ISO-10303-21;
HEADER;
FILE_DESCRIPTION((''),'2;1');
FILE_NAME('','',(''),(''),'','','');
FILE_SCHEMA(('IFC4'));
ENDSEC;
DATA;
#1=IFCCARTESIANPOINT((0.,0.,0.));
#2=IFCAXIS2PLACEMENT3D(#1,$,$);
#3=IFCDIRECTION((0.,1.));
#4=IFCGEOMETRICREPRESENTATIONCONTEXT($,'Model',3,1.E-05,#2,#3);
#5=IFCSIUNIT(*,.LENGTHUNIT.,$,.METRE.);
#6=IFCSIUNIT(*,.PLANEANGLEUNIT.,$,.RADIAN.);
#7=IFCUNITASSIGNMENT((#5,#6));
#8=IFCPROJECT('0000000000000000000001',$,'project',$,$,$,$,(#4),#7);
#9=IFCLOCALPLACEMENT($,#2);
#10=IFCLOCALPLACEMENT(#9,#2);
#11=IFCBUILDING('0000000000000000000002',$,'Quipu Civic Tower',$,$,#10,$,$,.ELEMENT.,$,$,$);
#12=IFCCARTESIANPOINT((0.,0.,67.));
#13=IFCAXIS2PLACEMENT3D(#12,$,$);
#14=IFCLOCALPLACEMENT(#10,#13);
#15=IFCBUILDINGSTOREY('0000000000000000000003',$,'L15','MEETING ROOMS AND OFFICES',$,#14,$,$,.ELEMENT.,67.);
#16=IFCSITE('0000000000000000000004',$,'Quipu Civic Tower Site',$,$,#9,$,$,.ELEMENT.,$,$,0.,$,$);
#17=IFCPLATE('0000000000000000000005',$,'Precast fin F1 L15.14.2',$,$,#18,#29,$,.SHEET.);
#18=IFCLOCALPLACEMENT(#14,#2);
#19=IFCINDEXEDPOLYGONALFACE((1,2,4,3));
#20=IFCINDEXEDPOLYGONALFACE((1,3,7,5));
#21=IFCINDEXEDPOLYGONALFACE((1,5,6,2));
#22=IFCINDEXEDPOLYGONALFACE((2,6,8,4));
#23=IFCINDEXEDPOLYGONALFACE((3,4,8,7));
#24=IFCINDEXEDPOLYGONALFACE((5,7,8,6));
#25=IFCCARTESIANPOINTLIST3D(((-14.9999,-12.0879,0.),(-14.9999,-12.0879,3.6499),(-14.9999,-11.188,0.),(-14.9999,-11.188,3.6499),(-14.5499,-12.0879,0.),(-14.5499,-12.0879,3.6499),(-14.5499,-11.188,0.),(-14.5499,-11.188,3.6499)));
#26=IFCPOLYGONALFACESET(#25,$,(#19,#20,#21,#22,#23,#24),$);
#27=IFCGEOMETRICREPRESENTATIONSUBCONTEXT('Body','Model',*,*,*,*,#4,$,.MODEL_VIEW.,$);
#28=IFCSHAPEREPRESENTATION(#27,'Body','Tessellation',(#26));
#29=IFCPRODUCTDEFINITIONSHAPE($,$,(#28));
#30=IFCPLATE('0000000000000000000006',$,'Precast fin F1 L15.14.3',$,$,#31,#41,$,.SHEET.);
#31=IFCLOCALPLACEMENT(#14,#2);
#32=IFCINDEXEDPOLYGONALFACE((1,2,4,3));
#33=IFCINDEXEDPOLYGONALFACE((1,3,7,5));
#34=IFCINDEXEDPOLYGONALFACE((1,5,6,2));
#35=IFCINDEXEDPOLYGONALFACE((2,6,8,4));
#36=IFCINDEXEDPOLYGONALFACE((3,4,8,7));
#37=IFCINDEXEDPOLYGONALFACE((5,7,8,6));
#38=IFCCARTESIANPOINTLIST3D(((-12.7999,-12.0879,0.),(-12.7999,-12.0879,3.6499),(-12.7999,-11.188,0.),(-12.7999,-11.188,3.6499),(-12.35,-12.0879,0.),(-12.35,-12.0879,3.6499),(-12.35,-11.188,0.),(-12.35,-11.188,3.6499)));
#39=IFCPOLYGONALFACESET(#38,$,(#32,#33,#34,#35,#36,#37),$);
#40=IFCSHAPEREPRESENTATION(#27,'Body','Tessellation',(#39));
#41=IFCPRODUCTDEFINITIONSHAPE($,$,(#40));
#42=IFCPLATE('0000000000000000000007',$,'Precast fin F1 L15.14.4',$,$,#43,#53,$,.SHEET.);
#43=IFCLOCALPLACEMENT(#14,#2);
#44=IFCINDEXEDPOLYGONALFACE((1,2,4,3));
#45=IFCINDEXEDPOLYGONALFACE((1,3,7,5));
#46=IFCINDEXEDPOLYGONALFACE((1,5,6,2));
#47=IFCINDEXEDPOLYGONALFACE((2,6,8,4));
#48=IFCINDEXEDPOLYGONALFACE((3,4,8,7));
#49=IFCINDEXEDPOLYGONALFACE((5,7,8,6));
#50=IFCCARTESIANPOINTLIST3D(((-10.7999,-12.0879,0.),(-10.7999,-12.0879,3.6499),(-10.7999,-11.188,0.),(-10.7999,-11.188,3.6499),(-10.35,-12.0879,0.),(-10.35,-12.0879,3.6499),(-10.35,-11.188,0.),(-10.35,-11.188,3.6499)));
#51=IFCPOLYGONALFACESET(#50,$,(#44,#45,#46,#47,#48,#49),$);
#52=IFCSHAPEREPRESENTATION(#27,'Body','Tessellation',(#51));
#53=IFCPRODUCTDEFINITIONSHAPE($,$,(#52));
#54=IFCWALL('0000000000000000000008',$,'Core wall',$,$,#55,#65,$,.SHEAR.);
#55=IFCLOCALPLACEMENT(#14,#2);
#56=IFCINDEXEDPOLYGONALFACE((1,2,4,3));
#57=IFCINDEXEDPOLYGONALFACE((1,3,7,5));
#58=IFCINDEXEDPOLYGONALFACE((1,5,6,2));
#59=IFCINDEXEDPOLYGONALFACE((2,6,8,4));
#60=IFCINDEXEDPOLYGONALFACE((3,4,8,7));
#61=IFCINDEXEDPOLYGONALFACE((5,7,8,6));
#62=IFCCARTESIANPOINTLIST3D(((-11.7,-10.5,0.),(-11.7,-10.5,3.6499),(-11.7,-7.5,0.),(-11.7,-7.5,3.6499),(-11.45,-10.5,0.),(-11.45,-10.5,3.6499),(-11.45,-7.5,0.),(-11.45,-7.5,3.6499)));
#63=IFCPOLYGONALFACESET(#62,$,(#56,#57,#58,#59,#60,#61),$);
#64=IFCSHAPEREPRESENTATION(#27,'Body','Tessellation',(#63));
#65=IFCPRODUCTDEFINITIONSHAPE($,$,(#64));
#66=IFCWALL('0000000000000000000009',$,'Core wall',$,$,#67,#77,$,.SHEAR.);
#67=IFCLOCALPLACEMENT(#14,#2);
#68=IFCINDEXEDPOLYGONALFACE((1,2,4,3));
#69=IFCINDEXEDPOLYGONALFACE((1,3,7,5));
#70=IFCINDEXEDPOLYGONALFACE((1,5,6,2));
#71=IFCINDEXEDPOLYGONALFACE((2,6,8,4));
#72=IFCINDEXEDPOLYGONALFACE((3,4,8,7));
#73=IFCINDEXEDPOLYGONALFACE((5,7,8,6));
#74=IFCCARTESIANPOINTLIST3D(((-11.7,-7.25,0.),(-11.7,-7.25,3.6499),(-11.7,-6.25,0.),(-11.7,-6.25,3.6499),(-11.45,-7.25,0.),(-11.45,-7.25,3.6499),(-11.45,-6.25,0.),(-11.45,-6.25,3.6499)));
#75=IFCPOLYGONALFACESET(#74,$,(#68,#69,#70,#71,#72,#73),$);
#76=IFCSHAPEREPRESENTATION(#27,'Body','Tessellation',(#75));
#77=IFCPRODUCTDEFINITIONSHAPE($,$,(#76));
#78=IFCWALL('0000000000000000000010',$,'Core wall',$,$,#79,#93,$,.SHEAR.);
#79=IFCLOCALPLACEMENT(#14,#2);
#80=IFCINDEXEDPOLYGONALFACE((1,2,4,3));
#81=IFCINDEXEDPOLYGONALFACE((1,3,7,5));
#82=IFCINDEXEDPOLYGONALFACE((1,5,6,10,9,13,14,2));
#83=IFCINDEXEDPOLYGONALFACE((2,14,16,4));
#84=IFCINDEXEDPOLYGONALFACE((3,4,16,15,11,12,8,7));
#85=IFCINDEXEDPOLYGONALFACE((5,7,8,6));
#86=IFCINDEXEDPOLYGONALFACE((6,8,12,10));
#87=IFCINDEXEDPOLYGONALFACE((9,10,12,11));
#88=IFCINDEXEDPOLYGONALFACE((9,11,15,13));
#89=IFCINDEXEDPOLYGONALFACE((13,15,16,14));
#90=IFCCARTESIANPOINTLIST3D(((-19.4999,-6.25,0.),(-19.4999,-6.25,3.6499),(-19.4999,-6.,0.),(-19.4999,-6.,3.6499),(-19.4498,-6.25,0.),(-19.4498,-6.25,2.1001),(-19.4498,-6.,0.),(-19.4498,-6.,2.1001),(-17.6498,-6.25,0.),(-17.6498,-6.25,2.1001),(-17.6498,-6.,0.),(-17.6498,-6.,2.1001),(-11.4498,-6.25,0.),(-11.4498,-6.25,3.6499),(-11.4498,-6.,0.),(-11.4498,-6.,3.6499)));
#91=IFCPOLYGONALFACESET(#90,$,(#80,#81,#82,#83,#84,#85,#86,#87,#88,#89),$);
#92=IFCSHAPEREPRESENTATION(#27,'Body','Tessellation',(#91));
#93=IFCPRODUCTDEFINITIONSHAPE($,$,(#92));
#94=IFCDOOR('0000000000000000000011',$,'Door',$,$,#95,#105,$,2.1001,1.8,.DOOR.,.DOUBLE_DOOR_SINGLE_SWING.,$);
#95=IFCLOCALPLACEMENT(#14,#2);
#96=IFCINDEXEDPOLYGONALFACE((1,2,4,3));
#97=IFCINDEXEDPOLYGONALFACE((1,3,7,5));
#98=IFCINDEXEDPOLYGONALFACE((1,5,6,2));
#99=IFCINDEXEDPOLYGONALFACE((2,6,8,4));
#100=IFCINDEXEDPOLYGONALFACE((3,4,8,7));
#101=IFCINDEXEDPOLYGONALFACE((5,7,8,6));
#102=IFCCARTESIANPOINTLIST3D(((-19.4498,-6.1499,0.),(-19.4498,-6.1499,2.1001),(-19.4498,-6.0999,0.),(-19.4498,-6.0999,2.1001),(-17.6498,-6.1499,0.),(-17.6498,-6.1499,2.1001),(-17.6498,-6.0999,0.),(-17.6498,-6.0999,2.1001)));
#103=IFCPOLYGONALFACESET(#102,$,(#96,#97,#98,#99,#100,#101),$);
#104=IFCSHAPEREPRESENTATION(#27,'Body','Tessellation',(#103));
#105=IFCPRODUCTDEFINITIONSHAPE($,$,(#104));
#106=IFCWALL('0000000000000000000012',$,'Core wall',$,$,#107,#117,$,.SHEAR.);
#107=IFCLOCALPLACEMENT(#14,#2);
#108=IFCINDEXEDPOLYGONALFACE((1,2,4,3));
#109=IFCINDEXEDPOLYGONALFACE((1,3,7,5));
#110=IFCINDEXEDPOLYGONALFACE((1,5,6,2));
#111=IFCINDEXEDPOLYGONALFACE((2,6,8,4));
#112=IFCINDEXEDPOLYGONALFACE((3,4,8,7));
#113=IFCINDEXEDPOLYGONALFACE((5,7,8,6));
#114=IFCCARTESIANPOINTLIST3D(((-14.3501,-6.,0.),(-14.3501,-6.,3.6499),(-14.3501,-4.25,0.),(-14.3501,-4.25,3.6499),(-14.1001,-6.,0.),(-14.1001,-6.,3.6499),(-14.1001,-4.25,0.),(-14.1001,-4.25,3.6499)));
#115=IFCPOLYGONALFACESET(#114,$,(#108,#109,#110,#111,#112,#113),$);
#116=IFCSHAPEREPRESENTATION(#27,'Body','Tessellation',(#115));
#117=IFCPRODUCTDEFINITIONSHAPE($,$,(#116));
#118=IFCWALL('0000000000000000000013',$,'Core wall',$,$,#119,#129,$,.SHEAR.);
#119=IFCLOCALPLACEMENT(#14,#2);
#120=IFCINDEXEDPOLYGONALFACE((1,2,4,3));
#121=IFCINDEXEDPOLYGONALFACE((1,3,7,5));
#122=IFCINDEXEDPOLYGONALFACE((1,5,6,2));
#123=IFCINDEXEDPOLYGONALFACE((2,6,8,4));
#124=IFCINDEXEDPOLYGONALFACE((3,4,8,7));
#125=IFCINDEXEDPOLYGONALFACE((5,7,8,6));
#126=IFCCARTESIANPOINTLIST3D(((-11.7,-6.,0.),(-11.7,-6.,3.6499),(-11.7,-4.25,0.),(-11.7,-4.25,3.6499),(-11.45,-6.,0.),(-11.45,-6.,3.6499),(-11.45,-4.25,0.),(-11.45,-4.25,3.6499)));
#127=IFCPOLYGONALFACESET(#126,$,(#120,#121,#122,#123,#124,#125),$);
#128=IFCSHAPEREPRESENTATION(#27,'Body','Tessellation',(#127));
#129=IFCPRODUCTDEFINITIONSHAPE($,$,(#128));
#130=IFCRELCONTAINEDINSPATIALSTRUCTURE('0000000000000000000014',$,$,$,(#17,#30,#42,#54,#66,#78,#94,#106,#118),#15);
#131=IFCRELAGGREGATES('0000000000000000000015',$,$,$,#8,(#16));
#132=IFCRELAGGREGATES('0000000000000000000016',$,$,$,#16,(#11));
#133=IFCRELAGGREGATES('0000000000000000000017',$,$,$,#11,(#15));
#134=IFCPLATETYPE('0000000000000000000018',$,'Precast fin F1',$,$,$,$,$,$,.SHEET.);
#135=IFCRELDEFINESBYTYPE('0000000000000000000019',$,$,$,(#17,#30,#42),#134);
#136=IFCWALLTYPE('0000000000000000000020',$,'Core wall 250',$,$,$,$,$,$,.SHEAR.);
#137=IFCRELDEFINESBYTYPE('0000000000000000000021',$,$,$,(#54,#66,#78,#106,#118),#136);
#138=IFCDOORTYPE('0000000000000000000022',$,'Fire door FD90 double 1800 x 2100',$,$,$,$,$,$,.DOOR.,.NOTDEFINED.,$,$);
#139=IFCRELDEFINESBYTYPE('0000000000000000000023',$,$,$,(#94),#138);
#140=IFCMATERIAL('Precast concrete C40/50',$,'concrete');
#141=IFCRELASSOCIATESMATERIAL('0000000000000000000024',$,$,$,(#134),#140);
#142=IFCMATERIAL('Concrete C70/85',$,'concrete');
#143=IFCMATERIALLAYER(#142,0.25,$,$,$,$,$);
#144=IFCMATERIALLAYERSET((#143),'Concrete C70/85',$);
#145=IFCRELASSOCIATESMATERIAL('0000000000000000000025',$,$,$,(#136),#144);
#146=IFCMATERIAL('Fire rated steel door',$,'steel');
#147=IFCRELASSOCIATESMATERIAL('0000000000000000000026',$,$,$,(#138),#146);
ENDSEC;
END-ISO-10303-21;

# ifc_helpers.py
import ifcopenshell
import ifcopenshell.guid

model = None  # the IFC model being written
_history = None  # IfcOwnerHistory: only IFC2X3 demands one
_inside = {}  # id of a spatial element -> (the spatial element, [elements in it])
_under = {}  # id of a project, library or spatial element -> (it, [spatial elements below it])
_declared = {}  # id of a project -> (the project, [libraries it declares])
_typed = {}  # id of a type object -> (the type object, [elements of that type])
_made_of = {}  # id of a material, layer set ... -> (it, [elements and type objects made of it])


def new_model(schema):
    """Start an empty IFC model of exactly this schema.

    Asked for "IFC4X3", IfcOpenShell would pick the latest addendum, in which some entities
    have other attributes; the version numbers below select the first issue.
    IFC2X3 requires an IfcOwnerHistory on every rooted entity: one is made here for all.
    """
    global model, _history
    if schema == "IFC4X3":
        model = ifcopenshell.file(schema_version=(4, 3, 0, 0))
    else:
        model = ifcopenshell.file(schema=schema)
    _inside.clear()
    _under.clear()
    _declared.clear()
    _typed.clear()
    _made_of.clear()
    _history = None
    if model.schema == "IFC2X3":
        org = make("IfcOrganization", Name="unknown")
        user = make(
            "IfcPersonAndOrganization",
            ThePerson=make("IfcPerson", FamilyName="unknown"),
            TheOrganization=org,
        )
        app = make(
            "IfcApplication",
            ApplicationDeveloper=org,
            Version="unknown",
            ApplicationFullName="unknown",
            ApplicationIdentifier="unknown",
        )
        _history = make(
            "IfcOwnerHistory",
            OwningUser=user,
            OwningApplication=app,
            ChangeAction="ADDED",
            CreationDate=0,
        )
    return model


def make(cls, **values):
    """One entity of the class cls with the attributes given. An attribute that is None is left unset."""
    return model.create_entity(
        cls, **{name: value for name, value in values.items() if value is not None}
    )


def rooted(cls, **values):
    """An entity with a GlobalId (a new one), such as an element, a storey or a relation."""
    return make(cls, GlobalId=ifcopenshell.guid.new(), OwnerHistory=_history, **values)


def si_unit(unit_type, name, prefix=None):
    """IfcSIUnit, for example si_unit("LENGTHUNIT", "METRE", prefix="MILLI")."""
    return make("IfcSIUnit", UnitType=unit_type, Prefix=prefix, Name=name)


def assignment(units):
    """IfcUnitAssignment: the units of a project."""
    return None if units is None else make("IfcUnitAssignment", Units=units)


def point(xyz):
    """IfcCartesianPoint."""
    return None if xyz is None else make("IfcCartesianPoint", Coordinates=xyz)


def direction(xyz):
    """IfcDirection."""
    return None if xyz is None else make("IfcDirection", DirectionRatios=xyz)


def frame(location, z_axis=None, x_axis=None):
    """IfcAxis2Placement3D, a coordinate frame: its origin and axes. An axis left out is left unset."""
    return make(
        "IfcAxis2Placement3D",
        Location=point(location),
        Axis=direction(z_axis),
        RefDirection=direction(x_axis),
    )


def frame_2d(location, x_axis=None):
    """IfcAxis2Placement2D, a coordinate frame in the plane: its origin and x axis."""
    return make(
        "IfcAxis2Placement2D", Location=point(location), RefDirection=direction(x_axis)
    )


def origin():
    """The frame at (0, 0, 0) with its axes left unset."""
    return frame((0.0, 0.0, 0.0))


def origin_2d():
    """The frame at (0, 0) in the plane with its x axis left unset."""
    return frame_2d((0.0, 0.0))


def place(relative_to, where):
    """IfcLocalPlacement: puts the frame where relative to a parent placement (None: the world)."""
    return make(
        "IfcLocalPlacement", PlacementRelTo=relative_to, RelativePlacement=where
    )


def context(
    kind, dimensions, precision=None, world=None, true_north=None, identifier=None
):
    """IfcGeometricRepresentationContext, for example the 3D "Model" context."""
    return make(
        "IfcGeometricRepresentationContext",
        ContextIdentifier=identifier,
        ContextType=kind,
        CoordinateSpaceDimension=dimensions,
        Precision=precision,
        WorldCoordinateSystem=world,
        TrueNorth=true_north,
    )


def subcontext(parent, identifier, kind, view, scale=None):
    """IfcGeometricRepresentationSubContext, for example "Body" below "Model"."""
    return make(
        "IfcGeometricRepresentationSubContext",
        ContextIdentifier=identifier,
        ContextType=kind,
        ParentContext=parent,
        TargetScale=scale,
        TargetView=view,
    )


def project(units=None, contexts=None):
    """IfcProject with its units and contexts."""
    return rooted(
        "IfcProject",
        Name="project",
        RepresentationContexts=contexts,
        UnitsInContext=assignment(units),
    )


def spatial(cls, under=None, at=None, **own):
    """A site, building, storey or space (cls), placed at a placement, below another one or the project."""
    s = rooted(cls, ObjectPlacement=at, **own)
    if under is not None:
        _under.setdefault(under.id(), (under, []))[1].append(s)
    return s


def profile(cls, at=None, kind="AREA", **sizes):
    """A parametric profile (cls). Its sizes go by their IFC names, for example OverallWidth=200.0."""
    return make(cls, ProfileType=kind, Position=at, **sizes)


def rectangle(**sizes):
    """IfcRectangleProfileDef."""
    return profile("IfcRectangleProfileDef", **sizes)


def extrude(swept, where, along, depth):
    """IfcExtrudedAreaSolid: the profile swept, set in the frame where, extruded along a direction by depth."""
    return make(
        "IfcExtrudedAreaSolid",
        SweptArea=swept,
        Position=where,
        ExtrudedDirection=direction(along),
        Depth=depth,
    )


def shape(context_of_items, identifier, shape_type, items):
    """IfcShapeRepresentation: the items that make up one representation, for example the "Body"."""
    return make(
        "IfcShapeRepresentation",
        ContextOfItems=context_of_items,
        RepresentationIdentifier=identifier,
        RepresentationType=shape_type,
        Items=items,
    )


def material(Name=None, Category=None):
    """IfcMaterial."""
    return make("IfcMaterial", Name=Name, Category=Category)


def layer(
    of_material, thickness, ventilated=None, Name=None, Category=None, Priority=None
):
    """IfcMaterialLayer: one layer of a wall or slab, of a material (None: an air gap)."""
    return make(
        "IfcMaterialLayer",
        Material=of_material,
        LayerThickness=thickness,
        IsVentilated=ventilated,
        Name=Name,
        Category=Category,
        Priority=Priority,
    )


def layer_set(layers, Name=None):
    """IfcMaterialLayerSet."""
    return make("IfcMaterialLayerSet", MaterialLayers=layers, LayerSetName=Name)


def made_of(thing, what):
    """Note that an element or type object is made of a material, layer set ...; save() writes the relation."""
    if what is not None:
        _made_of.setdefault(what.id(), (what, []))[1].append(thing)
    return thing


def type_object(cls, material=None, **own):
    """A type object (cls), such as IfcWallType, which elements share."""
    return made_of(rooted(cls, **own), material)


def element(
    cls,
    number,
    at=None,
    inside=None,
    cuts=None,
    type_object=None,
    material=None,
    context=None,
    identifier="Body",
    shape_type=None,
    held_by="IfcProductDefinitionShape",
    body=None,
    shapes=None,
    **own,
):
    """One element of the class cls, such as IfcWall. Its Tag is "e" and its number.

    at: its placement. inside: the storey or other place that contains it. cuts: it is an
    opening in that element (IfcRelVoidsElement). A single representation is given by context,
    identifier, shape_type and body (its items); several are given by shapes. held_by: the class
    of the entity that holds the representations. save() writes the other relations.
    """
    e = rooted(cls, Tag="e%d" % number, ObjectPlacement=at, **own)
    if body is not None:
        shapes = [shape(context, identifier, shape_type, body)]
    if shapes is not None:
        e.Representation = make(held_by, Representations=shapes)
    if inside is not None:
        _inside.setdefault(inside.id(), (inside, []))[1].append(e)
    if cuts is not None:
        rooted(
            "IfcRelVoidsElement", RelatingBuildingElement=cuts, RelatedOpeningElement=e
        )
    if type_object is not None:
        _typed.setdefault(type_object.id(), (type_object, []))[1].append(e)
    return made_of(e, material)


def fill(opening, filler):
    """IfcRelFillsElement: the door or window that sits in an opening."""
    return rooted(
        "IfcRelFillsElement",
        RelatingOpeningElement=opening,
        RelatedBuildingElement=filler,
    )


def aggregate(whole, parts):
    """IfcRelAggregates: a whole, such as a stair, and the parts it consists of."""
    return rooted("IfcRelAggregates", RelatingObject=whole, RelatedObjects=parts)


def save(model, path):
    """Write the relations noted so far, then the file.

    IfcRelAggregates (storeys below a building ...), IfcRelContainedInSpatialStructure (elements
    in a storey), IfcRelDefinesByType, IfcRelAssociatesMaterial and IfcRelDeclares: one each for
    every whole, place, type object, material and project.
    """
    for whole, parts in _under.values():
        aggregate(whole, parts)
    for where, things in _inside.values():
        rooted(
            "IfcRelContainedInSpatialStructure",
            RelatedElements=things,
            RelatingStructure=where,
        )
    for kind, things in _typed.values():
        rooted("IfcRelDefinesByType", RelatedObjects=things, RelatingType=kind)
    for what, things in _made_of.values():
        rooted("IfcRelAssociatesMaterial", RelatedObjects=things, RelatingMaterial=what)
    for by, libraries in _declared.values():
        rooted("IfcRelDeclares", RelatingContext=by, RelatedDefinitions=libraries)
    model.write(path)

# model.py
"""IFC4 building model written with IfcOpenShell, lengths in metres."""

from ifc_helpers import new_model, si_unit, direction, frame, frame_2d, origin, origin_2d, place, context, subcontext, project, spatial, rectangle, extrude, material, layer, layer_set, type_object, element, fill, save


model = new_model("IFC4")

# Units and contexts
model_context = context("Model", 3, precision=1e-05, world=origin(), true_north=direction((0.0, 1.0)))
body_context = subcontext(model_context, "Body", "Model", "MODEL_VIEW")
ifc_project = project(units=[si_unit("LENGTHUNIT", "METRE"), si_unit("PLANEANGLEUNIT", "RADIAN")], contexts=[model_context])

# Site, building, storey
site_placement = place(None, origin())
site = spatial("IfcSite", under=ifc_project, at=site_placement, Name="Quipu Civic Tower Site", CompositionType="ELEMENT", RefElevation=0.0)
building_placement = place(site_placement, origin())
building = spatial("IfcBuilding", under=site, at=building_placement, Name="Quipu Civic Tower", CompositionType="ELEMENT")
storey_placement = place(building_placement, frame((0.0, 0.0, 67.0)))
storey = spatial("IfcBuildingStorey", under=building, at=storey_placement, Name="L15", Description="MEETING ROOMS AND OFFICES", CompositionType="ELEMENT", Elevation=67.0)

# Plates
ifc_material_1 = material(Name="Precast concrete C40/50", Category="concrete")
plate_type = type_object("IfcPlateType", Name="Precast fin F1", PredefinedType="SHEET", material=ifc_material_1)
for number, where, z_axis, x_axis, name in (
    (1, (-14.7749, -11.6379, 0.0), (0.0, 0.0, 1.0), (1.0, 0.0, 0.0), "Precast fin F1 L15.14.2"),
    (2, (-12.575, -11.6379, 0.0), (0.0, 0.0, 1.0), (1.0, 0.0, 0.0), "Precast fin F1 L15.14.3"),
    (3, (-10.575, -11.6379, 0.0), (0.0, 0.0, 1.0), (1.0, 0.0, 0.0), "Precast fin F1 L15.14.4"),
):
    element("IfcPlate", number, at=place(storey_placement, frame(where, z_axis=z_axis, x_axis=x_axis)), inside=storey, type_object=plate_type, Name=name, PredefinedType="SHEET", context=body_context, shape_type="SweptSolid", body=[
        extrude(rectangle(XDim=0.45, YDim=0.8999, at=origin_2d()), origin(), (0.0, 0.0, 1.0), 3.6499),
    ])

# Walls
ifc_material_2 = material(Name="Concrete C70/85", Category="concrete")
ifc_layer_1 = layer(ifc_material_2, 0.25)
ifc_layer_set_1 = layer_set([ifc_layer_1], Name="Concrete C70/85")
wall_type_1 = type_object("IfcWallType", Name="Core wall 250", PredefinedType="SHEAR", material=ifc_layer_set_1)
wall_1_placement = place(storey_placement, frame((-11.575, -10.5, 0.0), z_axis=(0.0, 0.0, 1.0), x_axis=(0.0, 1.0, 0.0)))
element("IfcWall", 4, at=wall_1_placement, inside=storey, type_object=wall_type_1, Name="Core wall", PredefinedType="SHEAR", context=body_context, shape_type="SweptSolid", body=[
    extrude(rectangle(XDim=3.0, YDim=0.25, at=frame_2d((1.5, 0.0))), origin(), (0.0, 0.0, 1.0), 3.6499),
])
wall_2_placement = place(storey_placement, frame((-11.575, -7.25, 0.0), z_axis=(0.0, 0.0, 1.0), x_axis=(0.0, 1.0, 0.0)))
element("IfcWall", 5, at=wall_2_placement, inside=storey, type_object=wall_type_1, Name="Core wall", PredefinedType="SHEAR", context=body_context, shape_type="SweptSolid", body=[
    extrude(rectangle(XDim=1.0, YDim=0.25, at=frame_2d((0.5, 0.0))), origin(), (0.0, 0.0, 1.0), 3.6499),
])

# Wall, opening, door
wall_3_placement = place(storey_placement, frame((-11.45, -6.125, 0.0), z_axis=(0.0, 0.0, 1.0), x_axis=(-1.0, 0.0, 0.0)))
wall_3 = element("IfcWall", 6, at=wall_3_placement, inside=storey, type_object=wall_type_1, Name="Core wall", PredefinedType="SHEAR", context=body_context, shape_type="SweptSolid", body=[
    extrude(rectangle(XDim=8.05, YDim=0.25, at=frame_2d((4.0249, 0.0))), origin(), (0.0, 0.0, 1.0), 3.6499),
])
opening_1_placement = place(wall_3_placement, frame((6.2, 0.0, 0.0)))
opening_1 = element("IfcOpeningElement", 7, at=opening_1_placement, cuts=wall_3, PredefinedType="OPENING", context=body_context, shape_type="SweptSolid", body=[
    extrude(rectangle(XDim=1.8, YDim=2.1001, at=frame_2d((0.8999, 1.05))), frame((0.0, 0.135, 0.0), z_axis=(0.0, -1.0, 0.0), x_axis=(1.0, 0.0, 0.0)), (0.0, 0.0, 1.0), 0.27),
])
ifc_material_3 = material(Name="Fire rated steel door", Category="steel")
door_type_1 = type_object("IfcDoorType", Name="Fire door FD90 double 1800 x 2100", OperationType="NOTDEFINED", PredefinedType="DOOR", material=ifc_material_3)
door_1_placement = place(opening_1_placement, origin())
door_1 = element("IfcDoor", 8, at=door_1_placement, inside=storey, type_object=door_type_1, Name="Door", OperationType="DOUBLE_DOOR_SINGLE_SWING", OverallHeight=2.1001, OverallWidth=1.8, PredefinedType="DOOR", context=body_context, shape_type="SweptSolid", body=[
    extrude(rectangle(XDim=1.8, YDim=2.1001, at=frame_2d((0.8999, 1.05))), frame((0.0, 0.0249, 0.0), z_axis=(0.0, -1.0, 0.0), x_axis=(1.0, 0.0, 0.0)), (0.0, 0.0, 1.0), 0.05),
])
fill(opening_1, door_1)

# Walls
for number, where, z_axis, x_axis, name in (
    (9, (-14.2251, -6.0, 0.0), (0.0, 0.0, 1.0), (0.0, 1.0, 0.0), "Core wall"),
    (10, (-11.575, -6.0, 0.0), (0.0, 0.0, 1.0), (0.0, 1.0, 0.0), "Core wall"),
):
    element("IfcWall", number, at=place(storey_placement, frame(where, z_axis=z_axis, x_axis=x_axis)), inside=storey, type_object=wall_type_1, Name=name, PredefinedType="SHEAR", context=body_context, shape_type="SweptSolid", body=[
        extrude(rectangle(XDim=1.75, YDim=0.25, at=frame_2d((0.875, 0.0))), origin(), (0.0, 0.0, 1.0), 3.6499),
    ])

save(model, "model.ifc")
